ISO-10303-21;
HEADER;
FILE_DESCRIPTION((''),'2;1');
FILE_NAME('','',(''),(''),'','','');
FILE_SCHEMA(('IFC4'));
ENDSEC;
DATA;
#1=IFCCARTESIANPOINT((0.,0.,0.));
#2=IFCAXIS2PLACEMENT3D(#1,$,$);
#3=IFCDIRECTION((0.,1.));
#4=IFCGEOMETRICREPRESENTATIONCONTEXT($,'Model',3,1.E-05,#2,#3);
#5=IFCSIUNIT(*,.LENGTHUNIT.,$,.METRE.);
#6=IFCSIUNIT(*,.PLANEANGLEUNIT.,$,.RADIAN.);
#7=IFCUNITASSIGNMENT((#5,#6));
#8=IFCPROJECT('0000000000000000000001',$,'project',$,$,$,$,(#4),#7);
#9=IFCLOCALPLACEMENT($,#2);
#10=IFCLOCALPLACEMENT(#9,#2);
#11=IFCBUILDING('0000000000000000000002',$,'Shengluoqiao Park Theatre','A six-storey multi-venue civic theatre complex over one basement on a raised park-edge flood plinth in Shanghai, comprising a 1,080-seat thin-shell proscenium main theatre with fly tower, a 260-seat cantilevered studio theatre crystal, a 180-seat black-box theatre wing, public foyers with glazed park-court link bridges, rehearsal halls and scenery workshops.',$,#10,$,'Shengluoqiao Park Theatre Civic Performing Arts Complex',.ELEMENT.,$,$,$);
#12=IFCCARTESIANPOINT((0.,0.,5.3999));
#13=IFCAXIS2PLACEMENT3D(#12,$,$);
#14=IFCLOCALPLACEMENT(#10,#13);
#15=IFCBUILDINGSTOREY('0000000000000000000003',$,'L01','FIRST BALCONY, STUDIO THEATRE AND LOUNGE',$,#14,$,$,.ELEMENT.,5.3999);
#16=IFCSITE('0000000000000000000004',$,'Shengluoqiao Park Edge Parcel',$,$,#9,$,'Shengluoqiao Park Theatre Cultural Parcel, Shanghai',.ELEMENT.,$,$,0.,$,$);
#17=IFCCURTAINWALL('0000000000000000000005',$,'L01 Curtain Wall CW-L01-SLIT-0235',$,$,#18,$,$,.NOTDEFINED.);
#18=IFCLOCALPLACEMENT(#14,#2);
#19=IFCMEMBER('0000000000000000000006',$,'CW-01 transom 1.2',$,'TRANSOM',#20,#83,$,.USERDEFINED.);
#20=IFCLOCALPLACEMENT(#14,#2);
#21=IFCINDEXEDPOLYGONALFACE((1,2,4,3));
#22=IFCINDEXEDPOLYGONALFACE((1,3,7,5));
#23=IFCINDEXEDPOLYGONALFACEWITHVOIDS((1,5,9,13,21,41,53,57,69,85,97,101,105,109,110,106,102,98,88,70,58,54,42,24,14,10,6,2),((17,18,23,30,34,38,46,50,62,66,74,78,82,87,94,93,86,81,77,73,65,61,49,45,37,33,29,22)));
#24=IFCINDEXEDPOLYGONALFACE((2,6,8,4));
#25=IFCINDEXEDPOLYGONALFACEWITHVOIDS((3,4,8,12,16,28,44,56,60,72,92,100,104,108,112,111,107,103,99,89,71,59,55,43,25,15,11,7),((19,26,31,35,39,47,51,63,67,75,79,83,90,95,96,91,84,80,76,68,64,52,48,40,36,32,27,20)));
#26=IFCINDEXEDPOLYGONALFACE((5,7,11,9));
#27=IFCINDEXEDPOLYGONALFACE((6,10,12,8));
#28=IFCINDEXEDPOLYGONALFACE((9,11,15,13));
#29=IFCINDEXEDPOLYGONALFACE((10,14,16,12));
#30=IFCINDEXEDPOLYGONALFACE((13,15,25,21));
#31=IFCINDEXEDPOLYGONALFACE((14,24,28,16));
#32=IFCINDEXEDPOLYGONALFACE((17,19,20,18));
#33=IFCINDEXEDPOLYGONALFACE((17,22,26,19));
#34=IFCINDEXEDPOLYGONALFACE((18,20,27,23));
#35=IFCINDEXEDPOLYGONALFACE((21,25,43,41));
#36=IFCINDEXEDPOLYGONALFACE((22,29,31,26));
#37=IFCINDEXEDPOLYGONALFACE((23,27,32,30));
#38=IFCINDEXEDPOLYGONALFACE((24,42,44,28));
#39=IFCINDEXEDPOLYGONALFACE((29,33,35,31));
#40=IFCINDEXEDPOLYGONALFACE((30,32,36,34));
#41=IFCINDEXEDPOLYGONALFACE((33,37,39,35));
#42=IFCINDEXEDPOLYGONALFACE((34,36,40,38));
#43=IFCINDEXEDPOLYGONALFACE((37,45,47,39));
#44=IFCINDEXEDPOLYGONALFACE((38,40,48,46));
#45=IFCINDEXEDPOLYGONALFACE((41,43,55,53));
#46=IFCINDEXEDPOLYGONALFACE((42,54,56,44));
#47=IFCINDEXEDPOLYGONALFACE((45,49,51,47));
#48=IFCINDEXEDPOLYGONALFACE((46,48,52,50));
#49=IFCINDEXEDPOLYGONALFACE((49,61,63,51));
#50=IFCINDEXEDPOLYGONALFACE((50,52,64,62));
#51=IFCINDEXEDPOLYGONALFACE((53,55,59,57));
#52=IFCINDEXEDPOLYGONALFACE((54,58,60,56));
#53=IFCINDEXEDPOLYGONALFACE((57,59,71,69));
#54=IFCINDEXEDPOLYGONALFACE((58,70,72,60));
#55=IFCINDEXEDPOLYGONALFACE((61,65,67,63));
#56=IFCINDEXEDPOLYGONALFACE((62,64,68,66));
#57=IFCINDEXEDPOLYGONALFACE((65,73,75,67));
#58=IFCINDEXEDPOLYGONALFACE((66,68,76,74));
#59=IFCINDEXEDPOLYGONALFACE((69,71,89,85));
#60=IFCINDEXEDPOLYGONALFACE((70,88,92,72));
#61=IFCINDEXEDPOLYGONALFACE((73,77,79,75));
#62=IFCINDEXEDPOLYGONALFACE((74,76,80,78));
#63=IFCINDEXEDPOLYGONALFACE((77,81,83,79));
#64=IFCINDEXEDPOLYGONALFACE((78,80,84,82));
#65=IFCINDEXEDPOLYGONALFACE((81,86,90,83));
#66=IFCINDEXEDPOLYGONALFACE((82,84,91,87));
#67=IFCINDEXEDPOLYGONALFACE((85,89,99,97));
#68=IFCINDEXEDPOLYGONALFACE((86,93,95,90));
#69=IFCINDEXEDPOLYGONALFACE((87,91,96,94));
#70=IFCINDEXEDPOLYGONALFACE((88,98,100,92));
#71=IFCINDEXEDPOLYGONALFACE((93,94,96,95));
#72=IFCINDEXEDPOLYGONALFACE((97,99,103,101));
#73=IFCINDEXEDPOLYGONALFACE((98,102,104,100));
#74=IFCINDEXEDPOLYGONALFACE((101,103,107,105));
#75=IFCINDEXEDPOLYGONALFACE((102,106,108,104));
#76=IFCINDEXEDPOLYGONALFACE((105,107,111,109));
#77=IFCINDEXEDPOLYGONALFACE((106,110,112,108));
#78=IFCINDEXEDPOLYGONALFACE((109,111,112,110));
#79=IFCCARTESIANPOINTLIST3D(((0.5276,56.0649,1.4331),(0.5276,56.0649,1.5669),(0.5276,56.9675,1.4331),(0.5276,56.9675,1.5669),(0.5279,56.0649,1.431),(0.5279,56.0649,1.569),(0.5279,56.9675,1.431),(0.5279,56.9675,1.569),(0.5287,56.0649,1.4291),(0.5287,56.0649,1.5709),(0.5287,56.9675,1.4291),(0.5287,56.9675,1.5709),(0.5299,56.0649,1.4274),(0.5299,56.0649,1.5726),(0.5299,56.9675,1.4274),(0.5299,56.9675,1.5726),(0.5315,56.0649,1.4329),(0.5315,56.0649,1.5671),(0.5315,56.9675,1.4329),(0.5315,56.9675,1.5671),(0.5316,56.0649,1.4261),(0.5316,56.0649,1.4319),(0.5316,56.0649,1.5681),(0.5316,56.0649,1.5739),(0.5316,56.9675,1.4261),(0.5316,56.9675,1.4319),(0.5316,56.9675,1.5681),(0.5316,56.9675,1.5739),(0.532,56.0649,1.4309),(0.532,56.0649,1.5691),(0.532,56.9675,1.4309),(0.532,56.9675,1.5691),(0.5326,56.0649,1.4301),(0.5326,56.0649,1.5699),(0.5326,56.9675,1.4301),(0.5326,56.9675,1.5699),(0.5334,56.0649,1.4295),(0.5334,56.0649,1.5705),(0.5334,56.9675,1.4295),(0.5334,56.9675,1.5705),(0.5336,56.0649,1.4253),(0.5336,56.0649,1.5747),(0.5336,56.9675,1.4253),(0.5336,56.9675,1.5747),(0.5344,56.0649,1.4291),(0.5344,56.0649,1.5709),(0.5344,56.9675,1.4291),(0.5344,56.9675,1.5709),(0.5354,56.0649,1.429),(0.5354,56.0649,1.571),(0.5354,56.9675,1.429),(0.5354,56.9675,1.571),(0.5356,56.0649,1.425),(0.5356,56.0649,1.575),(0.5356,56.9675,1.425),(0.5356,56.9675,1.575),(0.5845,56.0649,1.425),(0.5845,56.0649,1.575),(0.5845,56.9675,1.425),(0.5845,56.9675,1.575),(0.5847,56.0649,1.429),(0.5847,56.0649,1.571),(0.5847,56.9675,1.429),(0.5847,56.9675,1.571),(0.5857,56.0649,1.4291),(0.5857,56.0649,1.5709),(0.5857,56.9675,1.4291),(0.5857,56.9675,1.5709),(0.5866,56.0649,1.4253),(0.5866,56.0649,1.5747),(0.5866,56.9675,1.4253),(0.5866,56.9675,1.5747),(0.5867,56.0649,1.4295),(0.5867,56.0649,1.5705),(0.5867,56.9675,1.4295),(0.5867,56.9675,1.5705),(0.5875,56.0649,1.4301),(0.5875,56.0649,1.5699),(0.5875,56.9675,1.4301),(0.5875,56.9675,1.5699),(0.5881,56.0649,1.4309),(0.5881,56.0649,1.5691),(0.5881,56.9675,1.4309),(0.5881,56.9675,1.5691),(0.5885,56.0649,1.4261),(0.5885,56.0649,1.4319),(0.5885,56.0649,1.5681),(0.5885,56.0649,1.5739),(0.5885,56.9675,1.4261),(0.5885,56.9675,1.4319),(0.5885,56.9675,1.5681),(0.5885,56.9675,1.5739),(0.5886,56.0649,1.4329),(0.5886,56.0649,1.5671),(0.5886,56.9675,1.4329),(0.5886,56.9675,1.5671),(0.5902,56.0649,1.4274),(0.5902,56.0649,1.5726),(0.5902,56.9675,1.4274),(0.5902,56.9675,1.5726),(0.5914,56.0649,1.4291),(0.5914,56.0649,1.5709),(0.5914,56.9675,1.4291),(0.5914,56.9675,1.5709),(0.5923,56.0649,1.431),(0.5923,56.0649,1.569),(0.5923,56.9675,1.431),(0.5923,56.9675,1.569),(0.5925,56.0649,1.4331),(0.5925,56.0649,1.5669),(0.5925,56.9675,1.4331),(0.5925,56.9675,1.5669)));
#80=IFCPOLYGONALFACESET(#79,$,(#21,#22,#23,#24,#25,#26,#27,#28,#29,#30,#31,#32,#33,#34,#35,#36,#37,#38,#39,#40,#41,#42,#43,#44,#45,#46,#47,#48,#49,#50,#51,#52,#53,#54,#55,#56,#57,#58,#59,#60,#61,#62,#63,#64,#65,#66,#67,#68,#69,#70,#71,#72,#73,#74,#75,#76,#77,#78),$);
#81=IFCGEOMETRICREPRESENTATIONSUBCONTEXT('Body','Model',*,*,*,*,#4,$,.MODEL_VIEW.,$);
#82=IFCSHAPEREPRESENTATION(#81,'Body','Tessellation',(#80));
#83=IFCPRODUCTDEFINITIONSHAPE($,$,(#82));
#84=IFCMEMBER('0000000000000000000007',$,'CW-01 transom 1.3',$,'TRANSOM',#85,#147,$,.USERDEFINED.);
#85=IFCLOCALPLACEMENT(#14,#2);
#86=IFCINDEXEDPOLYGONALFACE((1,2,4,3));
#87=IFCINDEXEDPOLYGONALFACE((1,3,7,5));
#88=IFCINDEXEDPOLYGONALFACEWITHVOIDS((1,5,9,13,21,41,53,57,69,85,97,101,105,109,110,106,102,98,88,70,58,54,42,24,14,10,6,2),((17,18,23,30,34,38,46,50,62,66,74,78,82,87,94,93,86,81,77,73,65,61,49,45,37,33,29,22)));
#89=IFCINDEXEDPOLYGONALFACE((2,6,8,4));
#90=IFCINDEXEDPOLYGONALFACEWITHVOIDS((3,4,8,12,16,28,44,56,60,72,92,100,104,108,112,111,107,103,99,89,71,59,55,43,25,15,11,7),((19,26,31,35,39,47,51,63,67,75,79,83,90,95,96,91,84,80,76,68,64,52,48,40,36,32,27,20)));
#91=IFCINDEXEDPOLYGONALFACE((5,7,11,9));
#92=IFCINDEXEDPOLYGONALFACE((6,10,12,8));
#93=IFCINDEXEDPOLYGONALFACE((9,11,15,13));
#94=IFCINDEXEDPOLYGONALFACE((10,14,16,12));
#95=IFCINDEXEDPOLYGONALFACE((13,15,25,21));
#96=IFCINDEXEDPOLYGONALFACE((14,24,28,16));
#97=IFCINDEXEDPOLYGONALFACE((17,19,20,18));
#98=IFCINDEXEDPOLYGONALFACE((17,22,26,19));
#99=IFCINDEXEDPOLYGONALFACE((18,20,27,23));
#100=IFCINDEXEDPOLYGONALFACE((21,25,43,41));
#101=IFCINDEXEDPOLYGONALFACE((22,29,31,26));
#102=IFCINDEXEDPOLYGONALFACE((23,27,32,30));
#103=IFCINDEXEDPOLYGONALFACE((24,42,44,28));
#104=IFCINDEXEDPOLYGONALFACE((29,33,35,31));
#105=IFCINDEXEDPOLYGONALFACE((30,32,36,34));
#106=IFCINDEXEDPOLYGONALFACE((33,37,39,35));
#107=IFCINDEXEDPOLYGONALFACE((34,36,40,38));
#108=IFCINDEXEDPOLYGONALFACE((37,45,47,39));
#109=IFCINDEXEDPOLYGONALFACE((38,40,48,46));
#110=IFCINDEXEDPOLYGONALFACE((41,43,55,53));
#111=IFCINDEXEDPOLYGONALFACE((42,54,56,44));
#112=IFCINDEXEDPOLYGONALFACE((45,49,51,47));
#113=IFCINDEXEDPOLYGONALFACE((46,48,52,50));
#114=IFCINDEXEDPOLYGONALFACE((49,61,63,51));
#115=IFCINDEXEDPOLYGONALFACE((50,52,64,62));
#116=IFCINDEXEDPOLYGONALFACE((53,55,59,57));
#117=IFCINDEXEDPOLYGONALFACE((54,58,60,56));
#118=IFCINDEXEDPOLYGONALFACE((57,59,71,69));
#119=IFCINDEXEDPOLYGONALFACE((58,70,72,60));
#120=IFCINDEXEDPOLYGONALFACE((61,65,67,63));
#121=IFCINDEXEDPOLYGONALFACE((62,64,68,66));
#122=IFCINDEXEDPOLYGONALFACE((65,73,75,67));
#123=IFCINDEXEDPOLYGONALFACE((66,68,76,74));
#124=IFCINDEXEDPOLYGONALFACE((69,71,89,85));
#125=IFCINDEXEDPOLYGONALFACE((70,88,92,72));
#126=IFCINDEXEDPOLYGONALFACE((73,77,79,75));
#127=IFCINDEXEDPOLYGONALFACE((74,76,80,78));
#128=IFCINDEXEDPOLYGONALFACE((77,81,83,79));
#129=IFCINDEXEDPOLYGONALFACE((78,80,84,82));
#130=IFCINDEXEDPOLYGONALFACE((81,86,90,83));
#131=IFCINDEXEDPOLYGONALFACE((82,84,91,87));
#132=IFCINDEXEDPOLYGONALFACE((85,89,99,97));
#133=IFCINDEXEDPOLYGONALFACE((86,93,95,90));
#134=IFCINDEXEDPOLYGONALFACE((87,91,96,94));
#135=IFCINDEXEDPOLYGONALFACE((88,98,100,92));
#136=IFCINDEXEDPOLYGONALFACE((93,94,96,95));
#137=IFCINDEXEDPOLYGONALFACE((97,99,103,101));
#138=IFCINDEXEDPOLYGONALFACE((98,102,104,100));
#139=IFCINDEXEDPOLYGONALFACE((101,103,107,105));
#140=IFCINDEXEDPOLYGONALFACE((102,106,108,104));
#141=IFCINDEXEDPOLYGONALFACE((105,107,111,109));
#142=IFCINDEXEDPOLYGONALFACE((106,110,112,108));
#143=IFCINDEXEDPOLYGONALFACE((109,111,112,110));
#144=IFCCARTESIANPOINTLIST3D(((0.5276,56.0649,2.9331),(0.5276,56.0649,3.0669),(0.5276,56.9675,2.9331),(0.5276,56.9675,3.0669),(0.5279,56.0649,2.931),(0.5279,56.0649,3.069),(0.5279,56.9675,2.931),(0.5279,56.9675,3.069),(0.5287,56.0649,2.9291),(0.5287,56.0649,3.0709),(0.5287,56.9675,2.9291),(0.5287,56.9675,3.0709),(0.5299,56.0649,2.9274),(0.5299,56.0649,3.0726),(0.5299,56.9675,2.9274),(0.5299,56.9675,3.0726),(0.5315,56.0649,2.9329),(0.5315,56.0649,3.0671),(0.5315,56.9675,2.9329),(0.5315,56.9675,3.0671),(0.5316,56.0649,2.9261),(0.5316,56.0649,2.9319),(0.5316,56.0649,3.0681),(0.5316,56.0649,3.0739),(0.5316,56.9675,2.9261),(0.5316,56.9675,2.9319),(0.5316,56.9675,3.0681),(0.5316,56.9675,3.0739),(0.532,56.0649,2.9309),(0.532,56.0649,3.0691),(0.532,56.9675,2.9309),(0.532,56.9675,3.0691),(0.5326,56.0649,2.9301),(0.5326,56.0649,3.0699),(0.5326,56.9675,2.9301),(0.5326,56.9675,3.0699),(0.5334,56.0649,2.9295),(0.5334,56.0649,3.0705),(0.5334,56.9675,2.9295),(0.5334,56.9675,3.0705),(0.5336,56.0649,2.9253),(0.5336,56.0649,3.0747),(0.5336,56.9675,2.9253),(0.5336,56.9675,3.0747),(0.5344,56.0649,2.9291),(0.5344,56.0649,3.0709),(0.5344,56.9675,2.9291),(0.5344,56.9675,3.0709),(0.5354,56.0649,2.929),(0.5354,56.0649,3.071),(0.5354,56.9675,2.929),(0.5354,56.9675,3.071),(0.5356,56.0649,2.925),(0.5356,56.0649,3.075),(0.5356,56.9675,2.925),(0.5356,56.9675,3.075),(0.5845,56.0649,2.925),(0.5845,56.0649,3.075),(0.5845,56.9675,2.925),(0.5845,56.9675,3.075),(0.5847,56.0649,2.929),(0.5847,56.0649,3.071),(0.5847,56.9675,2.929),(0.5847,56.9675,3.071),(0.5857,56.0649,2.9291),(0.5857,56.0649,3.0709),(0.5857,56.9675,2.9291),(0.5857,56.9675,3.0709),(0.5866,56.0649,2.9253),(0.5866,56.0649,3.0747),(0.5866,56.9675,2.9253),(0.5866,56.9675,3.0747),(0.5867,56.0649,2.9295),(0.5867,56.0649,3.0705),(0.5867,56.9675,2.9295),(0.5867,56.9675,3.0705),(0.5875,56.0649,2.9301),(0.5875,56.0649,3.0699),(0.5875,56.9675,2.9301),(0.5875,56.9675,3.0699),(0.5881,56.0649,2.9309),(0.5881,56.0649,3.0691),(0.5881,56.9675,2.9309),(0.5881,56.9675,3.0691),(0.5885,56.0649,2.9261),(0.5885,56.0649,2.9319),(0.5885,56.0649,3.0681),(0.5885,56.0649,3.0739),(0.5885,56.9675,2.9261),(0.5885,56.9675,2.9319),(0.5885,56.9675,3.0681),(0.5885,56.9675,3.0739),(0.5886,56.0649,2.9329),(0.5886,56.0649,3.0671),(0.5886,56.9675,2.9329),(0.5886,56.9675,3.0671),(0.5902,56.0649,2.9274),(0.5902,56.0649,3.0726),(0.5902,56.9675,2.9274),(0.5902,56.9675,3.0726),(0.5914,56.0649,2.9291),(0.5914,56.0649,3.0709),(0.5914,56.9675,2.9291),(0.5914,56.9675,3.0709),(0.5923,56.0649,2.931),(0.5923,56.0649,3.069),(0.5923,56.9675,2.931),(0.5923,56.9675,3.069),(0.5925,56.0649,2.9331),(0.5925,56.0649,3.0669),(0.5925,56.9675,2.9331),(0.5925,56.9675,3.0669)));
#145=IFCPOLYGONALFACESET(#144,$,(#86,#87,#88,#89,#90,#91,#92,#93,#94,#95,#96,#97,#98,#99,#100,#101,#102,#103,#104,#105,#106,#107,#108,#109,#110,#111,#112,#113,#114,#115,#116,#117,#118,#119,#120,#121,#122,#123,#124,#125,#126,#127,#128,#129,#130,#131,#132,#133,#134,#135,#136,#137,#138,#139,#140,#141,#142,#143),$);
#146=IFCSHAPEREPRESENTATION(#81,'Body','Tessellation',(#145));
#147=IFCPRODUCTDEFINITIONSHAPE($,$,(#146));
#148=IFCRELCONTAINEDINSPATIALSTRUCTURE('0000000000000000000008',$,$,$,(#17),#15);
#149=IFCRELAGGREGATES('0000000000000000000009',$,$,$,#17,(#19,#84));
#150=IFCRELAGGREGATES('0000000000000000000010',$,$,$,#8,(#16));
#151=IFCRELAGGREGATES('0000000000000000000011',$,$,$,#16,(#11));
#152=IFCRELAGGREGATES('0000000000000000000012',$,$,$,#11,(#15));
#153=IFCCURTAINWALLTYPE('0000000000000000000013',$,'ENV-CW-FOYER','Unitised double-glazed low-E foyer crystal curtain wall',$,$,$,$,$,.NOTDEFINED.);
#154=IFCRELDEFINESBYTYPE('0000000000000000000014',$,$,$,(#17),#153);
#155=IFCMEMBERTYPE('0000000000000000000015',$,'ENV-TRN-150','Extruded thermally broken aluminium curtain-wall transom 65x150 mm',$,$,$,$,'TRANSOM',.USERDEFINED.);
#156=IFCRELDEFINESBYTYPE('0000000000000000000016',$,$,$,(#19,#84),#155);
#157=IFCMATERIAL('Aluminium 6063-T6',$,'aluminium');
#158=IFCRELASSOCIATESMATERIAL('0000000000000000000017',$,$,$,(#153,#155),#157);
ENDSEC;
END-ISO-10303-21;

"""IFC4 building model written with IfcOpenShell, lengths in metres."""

from ifc_helpers import new_model, si_unit, direction, frame, origin, origin_2d, place, context, subcontext, project, spatial, hollow_rectangle, extrude, material, material_profile, profile_set, type_object, element, aggregate, save


model = new_model("IFC4")

# Units and contexts
model_context = context("Model", 3, precision=1e-05, world=origin(), true_north=direction((0.0, 1.0)))
body_context = subcontext(model_context, "Body", "Model", "MODEL_VIEW")
ifc_project = project(units=[si_unit("LENGTHUNIT", "METRE"), si_unit("PLANEANGLEUNIT", "RADIAN")], contexts=[model_context])

# Site, building, storey
site_placement = place(None, origin())
site = spatial("IfcSite", under=ifc_project, at=site_placement, Name="Shengluoqiao Park Edge Parcel", LongName="Shengluoqiao Park Theatre Cultural Parcel, Shanghai", CompositionType="ELEMENT", RefElevation=0.0)
building_placement = place(site_placement, origin())
building = spatial("IfcBuilding", under=site, at=building_placement, Name="Shengluoqiao Park Theatre", Description="A six-storey multi-venue civic theatre complex over one basement on a raised park-edge flood plinth in Shanghai, comprising a 1,080-seat thin-shell proscenium main theatre with fly tower, a 260-seat cantilevered studio theatre crystal, a 180-seat black-box theatre wing, public foyers with glazed park-court link bridges, rehearsal halls and scenery workshops.", LongName="Shengluoqiao Park Theatre Civic Performing Arts Complex", CompositionType="ELEMENT")
storey_placement = place(building_placement, frame((0.0, 0.0, 5.3999)))
storey = spatial("IfcBuildingStorey", under=building, at=storey_placement, Name="L01", Description="FIRST BALCONY, STUDIO THEATRE AND LOUNGE", CompositionType="ELEMENT", Elevation=5.3999)

# Curtain wall, members
ifc_material_1 = material(Name="Aluminium 6063-T6", Category="aluminium")
curtain_wall_type = type_object("IfcCurtainWallType", Name="ENV-CW-FOYER", Description="Unitised double-glazed low-E foyer crystal curtain wall", PredefinedType="NOTDEFINED", material=ifc_material_1)
curtain_wall_placement = place(storey_placement, origin())
curtain_wall = element("IfcCurtainWall", 1, at=curtain_wall_placement, inside=storey, type_object=curtain_wall_type, Name="L01 Curtain Wall CW-L01-SLIT-0235", PredefinedType="NOTDEFINED")
ifc_material_profile_1 = material_profile(ifc_material_1, hollow_rectangle(XDim=0.0649, YDim=0.1499, WallThickness=0.0039, InnerFilletRadius=0.0039, OuterFilletRadius=0.0081, at=origin_2d()), Name="ALU TRANSOM 150x65x4")
ifc_profile_set_1 = profile_set([ifc_material_profile_1], Name="Aluminium 6063-T6")
member_type_1 = type_object("IfcMemberType", Name="ENV-TRN-150", Description="Extruded thermally broken aluminium curtain-wall transom 65x150 mm", ElementType="TRANSOM", PredefinedType="USERDEFINED", material=ifc_profile_set_1)
member_1_placement = place(storey_placement, frame((0.5601, 56.0649, 1.5), z_axis=(0.0, 1.0, 0.0), x_axis=(-1.0, 0.0, 0.0)))
member_1 = element("IfcMember", 2, at=member_1_placement, type_object=member_type_1, Name="CW-01 transom 1.2", ObjectType="TRANSOM", PredefinedType="USERDEFINED", context=body_context, shape_type="SweptSolid", body=[
    extrude(hollow_rectangle(XDim=0.0649, YDim=0.1499, WallThickness=0.0039, InnerFilletRadius=0.0039, OuterFilletRadius=0.0081, at=origin_2d()), origin(), (0.0, 0.0, 1.0), 0.9026),
])
member_2_placement = place(storey_placement, frame((0.5601, 56.0649, 3.0), z_axis=(0.0, 1.0, 0.0), x_axis=(-1.0, 0.0, 0.0)))
member_2 = element("IfcMember", 3, at=member_2_placement, type_object=member_type_1, Name="CW-01 transom 1.3", ObjectType="TRANSOM", PredefinedType="USERDEFINED", context=body_context, shape_type="SweptSolid", body=[
    extrude(hollow_rectangle(XDim=0.0649, YDim=0.1499, WallThickness=0.0039, InnerFilletRadius=0.0039, OuterFilletRadius=0.0081, at=origin_2d()), origin(), (0.0, 0.0, 1.0), 0.9026),
])

aggregate(curtain_wall, [member_1, member_2])

save(model, "model.ifc")
